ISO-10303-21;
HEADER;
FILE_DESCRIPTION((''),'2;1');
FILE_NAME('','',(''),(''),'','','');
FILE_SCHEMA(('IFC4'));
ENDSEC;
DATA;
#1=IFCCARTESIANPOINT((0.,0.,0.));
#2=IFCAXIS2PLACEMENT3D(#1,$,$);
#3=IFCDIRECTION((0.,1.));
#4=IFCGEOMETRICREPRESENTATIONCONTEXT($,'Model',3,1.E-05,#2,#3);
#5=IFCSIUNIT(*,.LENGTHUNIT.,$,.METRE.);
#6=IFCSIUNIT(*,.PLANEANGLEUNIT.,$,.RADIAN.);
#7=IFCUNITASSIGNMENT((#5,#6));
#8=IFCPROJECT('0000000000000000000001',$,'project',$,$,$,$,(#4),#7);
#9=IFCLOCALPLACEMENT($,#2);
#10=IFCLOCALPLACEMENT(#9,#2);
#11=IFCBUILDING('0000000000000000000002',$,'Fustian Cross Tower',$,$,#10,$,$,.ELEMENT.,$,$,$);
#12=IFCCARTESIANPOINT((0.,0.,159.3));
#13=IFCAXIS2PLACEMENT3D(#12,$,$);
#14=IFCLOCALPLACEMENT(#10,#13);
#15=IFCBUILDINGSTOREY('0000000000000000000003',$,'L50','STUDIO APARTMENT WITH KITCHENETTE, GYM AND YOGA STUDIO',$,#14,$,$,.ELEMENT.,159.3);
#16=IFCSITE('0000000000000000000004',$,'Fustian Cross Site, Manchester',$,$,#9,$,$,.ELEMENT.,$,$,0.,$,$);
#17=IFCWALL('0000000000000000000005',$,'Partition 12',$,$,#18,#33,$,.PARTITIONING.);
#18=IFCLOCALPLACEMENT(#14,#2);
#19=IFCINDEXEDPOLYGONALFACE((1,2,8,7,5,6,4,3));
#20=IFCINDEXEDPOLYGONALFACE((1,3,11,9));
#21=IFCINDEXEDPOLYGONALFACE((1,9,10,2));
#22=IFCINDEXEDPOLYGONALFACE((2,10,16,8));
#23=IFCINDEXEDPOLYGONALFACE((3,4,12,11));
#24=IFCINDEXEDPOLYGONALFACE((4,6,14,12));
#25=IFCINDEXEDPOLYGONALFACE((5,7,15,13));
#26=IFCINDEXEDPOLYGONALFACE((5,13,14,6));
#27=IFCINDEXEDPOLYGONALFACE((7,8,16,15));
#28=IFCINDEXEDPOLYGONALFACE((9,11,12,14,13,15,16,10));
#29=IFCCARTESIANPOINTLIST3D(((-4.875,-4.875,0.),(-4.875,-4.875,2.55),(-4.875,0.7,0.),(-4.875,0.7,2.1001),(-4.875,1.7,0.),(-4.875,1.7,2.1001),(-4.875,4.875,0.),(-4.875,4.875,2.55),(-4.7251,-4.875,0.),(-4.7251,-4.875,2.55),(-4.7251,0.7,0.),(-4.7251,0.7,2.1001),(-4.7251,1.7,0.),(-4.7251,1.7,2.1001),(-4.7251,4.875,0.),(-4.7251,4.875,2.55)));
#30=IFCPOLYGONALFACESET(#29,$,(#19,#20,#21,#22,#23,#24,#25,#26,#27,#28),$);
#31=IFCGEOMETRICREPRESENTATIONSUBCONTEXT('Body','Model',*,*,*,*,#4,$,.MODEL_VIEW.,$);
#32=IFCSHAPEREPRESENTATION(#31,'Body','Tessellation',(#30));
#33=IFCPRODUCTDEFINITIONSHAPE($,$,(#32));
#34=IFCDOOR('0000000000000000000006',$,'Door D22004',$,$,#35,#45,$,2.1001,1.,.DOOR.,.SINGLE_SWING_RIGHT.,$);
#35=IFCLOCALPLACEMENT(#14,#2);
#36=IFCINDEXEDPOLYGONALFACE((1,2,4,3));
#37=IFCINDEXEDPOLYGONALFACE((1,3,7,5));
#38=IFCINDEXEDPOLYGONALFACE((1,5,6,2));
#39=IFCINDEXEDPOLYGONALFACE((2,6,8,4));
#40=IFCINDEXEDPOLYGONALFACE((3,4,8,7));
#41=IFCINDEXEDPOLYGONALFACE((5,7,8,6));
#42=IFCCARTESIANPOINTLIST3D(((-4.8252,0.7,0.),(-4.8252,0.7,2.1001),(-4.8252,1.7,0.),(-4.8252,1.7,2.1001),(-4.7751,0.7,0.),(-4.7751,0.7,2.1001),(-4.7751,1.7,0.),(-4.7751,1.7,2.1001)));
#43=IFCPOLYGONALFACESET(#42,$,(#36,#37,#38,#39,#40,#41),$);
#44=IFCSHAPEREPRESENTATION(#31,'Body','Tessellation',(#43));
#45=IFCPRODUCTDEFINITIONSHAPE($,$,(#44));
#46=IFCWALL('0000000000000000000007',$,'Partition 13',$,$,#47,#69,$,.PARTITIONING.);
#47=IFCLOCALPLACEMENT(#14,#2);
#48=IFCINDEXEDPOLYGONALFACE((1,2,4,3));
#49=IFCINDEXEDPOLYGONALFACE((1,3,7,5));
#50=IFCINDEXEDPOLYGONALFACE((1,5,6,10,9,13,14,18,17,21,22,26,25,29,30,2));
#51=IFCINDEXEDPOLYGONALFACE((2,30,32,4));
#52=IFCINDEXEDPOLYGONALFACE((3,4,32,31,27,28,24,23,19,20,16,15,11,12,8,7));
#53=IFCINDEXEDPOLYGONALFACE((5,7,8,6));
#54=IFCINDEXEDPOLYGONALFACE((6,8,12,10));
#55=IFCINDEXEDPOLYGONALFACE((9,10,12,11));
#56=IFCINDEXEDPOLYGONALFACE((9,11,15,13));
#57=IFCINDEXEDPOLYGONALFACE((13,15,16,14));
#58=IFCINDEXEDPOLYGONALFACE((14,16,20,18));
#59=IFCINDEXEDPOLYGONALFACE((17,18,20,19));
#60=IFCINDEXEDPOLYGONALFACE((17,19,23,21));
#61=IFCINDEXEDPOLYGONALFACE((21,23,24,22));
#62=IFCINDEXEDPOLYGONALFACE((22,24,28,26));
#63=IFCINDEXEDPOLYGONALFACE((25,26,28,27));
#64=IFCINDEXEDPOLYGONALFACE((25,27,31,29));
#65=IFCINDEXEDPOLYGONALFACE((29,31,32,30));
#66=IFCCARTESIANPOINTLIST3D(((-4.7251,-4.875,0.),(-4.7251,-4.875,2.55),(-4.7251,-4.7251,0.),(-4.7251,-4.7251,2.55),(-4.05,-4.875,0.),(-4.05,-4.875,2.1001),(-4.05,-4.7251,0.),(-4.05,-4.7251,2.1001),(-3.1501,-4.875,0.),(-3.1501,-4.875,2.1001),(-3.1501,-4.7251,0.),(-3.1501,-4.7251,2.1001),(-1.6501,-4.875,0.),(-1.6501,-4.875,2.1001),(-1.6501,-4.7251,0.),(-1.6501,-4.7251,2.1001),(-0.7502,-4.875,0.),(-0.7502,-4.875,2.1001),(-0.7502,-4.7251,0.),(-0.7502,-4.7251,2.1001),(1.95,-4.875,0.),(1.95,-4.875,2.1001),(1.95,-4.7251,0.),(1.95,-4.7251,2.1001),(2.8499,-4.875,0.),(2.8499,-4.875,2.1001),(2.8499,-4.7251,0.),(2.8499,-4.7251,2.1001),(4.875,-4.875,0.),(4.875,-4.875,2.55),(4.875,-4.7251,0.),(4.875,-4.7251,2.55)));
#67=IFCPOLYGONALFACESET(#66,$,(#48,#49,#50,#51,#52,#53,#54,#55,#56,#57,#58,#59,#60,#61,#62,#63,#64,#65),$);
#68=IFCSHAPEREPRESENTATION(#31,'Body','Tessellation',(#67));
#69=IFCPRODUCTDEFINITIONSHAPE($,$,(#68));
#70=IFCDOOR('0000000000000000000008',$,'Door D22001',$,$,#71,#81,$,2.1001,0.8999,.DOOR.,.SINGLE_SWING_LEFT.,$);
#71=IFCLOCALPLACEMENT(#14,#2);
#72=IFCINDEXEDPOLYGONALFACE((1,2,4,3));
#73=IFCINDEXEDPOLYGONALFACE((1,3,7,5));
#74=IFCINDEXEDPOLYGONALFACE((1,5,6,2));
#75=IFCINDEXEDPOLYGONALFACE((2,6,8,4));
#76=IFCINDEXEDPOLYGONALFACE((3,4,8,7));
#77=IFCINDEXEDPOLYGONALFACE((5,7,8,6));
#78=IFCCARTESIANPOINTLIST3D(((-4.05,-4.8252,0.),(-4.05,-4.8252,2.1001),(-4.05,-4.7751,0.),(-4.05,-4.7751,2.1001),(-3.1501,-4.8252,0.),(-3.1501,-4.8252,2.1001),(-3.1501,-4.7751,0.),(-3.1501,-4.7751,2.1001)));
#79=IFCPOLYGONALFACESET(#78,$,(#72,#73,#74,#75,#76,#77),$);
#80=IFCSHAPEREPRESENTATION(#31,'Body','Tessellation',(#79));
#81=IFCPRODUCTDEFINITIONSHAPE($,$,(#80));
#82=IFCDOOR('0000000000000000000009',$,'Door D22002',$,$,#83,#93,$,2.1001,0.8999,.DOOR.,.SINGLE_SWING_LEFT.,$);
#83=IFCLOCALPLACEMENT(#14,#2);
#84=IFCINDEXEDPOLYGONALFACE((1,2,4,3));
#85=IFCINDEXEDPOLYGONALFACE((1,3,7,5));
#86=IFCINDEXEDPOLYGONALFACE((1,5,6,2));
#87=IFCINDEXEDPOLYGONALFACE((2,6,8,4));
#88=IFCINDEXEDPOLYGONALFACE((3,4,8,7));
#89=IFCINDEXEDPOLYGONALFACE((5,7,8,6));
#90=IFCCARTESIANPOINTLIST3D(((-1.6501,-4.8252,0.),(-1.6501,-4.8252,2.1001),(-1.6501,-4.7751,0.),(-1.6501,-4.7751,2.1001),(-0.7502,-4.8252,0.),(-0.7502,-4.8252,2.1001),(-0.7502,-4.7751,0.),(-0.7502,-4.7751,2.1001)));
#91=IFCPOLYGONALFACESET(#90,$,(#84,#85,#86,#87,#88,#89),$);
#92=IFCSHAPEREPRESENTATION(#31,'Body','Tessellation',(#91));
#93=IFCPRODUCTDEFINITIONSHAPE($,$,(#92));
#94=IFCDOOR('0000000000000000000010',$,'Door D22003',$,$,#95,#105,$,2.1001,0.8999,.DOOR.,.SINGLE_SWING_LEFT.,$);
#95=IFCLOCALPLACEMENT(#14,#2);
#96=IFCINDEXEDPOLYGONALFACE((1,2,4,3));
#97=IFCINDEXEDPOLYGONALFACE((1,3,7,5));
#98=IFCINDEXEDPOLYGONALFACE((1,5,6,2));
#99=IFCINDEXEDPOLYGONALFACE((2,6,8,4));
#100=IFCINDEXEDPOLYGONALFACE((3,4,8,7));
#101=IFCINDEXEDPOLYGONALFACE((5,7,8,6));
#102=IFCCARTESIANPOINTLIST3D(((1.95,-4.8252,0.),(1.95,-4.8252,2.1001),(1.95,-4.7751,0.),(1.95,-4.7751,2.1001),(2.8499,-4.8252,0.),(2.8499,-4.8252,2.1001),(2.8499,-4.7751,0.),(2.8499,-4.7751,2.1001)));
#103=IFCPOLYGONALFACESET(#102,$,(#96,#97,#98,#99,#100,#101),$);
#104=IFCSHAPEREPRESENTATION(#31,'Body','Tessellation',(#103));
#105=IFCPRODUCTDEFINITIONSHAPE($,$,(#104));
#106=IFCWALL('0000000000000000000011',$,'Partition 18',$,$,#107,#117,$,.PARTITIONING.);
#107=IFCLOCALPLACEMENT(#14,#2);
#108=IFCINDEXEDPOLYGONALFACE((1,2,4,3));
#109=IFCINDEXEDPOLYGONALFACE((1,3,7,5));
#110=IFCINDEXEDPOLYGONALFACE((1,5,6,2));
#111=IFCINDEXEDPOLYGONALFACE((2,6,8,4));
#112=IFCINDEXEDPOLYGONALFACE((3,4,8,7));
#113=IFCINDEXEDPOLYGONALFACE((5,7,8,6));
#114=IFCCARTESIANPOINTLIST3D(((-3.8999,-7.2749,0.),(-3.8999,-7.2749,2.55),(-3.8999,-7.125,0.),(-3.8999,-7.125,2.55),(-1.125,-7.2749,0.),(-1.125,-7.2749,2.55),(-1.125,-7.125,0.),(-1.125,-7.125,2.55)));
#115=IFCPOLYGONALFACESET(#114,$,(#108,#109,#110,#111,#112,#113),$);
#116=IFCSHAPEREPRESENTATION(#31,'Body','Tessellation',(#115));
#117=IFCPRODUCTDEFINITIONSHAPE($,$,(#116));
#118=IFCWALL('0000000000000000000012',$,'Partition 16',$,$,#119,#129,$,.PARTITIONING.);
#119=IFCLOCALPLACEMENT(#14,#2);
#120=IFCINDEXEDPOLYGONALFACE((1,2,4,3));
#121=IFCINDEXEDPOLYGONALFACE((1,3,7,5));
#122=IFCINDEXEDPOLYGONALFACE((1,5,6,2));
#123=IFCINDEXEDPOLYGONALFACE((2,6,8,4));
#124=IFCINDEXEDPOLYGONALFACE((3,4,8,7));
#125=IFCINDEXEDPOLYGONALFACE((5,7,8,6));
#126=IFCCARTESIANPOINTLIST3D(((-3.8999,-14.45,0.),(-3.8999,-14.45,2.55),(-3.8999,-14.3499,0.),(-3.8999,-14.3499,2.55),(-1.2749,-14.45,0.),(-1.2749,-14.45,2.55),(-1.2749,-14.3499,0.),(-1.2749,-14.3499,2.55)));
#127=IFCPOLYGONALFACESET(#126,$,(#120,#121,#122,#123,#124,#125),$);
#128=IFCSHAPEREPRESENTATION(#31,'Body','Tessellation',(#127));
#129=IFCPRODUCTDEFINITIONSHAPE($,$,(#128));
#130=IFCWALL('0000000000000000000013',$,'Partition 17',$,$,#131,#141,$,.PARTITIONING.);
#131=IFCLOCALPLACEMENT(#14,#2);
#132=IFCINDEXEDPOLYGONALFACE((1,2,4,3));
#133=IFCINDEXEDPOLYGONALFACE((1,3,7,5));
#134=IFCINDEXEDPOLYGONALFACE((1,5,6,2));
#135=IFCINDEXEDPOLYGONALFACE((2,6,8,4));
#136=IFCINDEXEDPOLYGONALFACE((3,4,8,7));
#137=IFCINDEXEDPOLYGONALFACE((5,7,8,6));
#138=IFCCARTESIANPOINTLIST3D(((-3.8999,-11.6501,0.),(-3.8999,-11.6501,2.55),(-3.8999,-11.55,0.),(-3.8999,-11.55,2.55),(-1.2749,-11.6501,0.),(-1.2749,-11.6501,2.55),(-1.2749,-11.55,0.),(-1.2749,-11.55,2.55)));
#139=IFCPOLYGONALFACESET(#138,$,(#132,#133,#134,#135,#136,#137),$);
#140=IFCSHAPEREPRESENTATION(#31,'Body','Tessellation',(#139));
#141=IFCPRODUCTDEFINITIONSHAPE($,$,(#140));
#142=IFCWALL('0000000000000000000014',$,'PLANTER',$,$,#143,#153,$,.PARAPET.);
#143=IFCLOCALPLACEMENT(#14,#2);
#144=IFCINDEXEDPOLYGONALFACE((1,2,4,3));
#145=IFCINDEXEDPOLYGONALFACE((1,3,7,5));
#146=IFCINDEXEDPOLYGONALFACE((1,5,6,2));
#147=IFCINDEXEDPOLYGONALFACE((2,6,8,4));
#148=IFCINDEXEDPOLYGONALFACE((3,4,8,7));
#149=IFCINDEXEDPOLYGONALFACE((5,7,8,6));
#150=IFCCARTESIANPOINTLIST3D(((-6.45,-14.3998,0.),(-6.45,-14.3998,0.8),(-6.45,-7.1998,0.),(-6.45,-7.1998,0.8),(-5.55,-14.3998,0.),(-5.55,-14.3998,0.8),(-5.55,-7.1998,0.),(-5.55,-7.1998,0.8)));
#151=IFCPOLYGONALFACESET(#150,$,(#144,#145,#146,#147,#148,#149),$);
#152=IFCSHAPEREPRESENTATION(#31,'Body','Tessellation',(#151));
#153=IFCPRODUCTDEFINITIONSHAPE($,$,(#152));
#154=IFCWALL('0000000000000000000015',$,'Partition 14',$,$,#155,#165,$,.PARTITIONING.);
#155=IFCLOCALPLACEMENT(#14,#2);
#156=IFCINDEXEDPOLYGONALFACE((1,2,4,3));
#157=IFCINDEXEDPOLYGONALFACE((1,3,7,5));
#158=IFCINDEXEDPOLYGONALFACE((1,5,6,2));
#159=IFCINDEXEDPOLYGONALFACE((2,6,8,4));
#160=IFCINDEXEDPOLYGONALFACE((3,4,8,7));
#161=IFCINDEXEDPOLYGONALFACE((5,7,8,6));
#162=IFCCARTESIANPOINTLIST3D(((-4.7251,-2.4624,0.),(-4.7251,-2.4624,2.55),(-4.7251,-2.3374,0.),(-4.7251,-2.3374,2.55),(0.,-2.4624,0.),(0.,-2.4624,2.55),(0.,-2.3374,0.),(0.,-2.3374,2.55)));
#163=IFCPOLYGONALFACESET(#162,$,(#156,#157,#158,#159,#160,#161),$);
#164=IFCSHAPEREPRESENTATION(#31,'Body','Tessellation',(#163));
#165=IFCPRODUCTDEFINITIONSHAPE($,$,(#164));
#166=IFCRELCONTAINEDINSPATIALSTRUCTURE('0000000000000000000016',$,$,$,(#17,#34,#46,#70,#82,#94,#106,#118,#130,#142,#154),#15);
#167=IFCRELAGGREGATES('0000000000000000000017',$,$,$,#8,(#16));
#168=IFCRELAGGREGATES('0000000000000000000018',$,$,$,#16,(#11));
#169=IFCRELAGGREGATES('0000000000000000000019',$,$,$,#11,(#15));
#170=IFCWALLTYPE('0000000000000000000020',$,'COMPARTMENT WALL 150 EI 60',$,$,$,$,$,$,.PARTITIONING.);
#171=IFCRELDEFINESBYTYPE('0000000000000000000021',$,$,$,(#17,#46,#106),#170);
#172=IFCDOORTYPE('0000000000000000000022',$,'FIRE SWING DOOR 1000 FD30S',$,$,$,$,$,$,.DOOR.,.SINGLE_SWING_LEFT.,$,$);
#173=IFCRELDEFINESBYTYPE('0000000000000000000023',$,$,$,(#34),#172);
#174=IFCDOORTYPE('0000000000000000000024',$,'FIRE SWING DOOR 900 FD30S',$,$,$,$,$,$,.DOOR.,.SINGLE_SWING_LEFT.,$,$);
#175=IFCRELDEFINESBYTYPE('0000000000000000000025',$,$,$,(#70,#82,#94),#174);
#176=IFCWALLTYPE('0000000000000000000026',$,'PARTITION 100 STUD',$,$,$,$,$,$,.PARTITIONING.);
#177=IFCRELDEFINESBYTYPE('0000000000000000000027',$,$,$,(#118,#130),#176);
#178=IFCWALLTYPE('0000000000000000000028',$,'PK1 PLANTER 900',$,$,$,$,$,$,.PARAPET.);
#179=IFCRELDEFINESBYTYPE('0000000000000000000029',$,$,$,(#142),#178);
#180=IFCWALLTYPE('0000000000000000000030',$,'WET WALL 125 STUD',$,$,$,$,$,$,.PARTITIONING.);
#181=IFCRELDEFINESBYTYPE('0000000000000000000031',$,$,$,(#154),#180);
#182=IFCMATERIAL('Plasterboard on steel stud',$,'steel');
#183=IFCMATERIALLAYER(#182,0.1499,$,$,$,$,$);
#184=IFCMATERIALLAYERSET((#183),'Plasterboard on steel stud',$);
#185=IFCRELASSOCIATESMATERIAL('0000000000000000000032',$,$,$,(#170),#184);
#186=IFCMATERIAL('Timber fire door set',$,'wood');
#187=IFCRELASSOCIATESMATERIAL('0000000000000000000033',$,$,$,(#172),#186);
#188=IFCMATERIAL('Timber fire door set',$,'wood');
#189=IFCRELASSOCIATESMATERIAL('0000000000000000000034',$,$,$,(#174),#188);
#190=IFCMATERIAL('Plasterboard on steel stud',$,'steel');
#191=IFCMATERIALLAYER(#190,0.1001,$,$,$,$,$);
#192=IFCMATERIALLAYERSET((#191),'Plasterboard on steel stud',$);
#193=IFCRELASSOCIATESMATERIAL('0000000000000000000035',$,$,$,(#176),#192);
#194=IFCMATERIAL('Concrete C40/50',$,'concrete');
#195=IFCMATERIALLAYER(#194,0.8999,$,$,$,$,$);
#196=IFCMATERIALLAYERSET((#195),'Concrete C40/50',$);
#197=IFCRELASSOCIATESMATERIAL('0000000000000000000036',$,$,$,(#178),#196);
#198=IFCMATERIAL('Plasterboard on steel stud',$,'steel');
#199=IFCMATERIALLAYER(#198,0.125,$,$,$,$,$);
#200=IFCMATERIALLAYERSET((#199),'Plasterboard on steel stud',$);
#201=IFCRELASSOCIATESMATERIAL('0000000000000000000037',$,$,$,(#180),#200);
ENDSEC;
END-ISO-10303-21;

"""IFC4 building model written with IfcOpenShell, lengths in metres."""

from ifc_helpers import new_model, si_unit, direction, frame, frame_2d, origin, place, context, subcontext, project, spatial, rectangle, extrude, material, layer, layer_set, type_object, element, fill, save


model = new_model("IFC4")

# Units and contexts
model_context = context("Model", 3, precision=1e-05, world=origin(), true_north=direction((0.0, 1.0)))
body_context = subcontext(model_context, "Body", "Model", "MODEL_VIEW")
ifc_project = project(units=[si_unit("LENGTHUNIT", "METRE"), si_unit("PLANEANGLEUNIT", "RADIAN")], contexts=[model_context])

# Site, building, storey
site_placement = place(None, origin())
site = spatial("IfcSite", under=ifc_project, at=site_placement, Name="Fustian Cross Site, Manchester", CompositionType="ELEMENT", RefElevation=0.0)
building_placement = place(site_placement, origin())
building = spatial("IfcBuilding", under=site, at=building_placement, Name="Fustian Cross Tower", CompositionType="ELEMENT")
storey_placement = place(building_placement, frame((0.0, 0.0, 159.3)))
storey = spatial("IfcBuildingStorey", under=building, at=storey_placement, Name="L50", Description="STUDIO APARTMENT WITH KITCHENETTE, GYM AND YOGA STUDIO", CompositionType="ELEMENT", Elevation=159.3)

# Wall, opening, door
ifc_material_1 = material(Name="Plasterboard on steel stud", Category="steel")
ifc_layer_1 = layer(ifc_material_1, 0.1499)
ifc_layer_set_1 = layer_set([ifc_layer_1], Name="Plasterboard on steel stud")
wall_type_1 = type_object("IfcWallType", Name="COMPARTMENT WALL 150 EI 60", PredefinedType="PARTITIONING", material=ifc_layer_set_1)
wall_1_placement = place(storey_placement, frame((-4.8, -4.875, 0.0), z_axis=(0.0, 0.0, 1.0), x_axis=(0.0, 1.0, 0.0)))
wall_1 = element("IfcWall", 1, at=wall_1_placement, inside=storey, type_object=wall_type_1, Name="Partition 12", PredefinedType="PARTITIONING", context=body_context, shape_type="SweptSolid", body=[
    extrude(rectangle(XDim=9.75, YDim=0.1499, at=frame_2d((4.875, 0.0))), origin(), (0.0, 0.0, 1.0), 2.55),
])
opening_1_placement = place(wall_1_placement, frame((5.575, 0.0, 0.0)))
opening_1 = element("IfcOpeningElement", 2, at=opening_1_placement, cuts=wall_1, PredefinedType="OPENING", context=body_context, shape_type="SweptSolid", body=[
    extrude(rectangle(XDim=1.0, YDim=2.1001, at=frame_2d((0.5, 1.05))), frame((0.0, 0.085, 0.0), z_axis=(0.0, -1.0, 0.0), x_axis=(1.0, 0.0, 0.0)), (0.0, 0.0, 1.0), 0.1699),
])
ifc_material_2 = material(Name="Timber fire door set", Category="wood")
door_type_1 = type_object("IfcDoorType", Name="FIRE SWING DOOR 1000 FD30S", OperationType="SINGLE_SWING_LEFT", PredefinedType="DOOR", material=ifc_material_2)
door_1_placement = place(opening_1_placement, frame((1.0, 0.0, 0.0), z_axis=(0.0, 0.0, 1.0), x_axis=(-1.0, 0.0, 0.0)))
door_1 = element("IfcDoor", 3, at=door_1_placement, inside=storey, type_object=door_type_1, Name="Door D22004", OperationType="SINGLE_SWING_RIGHT", OverallHeight=2.1001, OverallWidth=1.0, PredefinedType="DOOR", context=body_context, shape_type="SweptSolid", body=[
    extrude(rectangle(XDim=1.0, YDim=2.1001, at=frame_2d((0.5, 1.05))), frame((0.0, 0.0249, 0.0), z_axis=(0.0, -1.0, 0.0), x_axis=(1.0, 0.0, 0.0)), (0.0, 0.0, 1.0), 0.05),
])
fill(opening_1, door_1)

# Wall, openings, doors
wall_2_placement = place(storey_placement, frame((-4.7251, -4.8, 0.0), z_axis=(0.0, 0.0, 1.0), x_axis=(1.0, 0.0, 0.0)))
wall_2 = element("IfcWall", 4, at=wall_2_placement, inside=storey, type_object=wall_type_1, Name="Partition 13", PredefinedType="PARTITIONING", context=body_context, shape_type="SweptSolid", body=[
    extrude(rectangle(XDim=9.6001, YDim=0.1499, at=frame_2d((4.8, 0.0))), origin(), (0.0, 0.0, 1.0), 2.55),
])
opening_2_placement = place(wall_2_placement, frame((0.675, 0.0, 0.0)))
opening_2 = element("IfcOpeningElement", 5, at=opening_2_placement, cuts=wall_2, PredefinedType="OPENING", context=body_context, shape_type="SweptSolid", body=[
    extrude(rectangle(XDim=0.8999, YDim=2.1001, at=frame_2d((0.45, 1.05))), frame((0.0, 0.085, 0.0), z_axis=(0.0, -1.0, 0.0), x_axis=(1.0, 0.0, 0.0)), (0.0, 0.0, 1.0), 0.1699),
])
opening_3_placement = place(wall_2_placement, frame((3.075, 0.0, 0.0)))
opening_3 = element("IfcOpeningElement", 6, at=opening_3_placement, cuts=wall_2, PredefinedType="OPENING", context=body_context, shape_type="SweptSolid", body=[
    extrude(rectangle(XDim=0.8999, YDim=2.1001, at=frame_2d((0.45, 1.05))), frame((0.0, 0.085, 0.0), z_axis=(0.0, -1.0, 0.0), x_axis=(1.0, 0.0, 0.0)), (0.0, 0.0, 1.0), 0.1699),
])
opening_4_placement = place(wall_2_placement, frame((6.675, 0.0, 0.0)))
opening_4 = element("IfcOpeningElement", 7, at=opening_4_placement, cuts=wall_2, PredefinedType="OPENING", context=body_context, shape_type="SweptSolid", body=[
    extrude(rectangle(XDim=0.8999, YDim=2.1001, at=frame_2d((0.45, 1.05))), frame((0.0, 0.085, 0.0), z_axis=(0.0, -1.0, 0.0), x_axis=(1.0, 0.0, 0.0)), (0.0, 0.0, 1.0), 0.1699),
])
ifc_material_3 = material(Name="Timber fire door set", Category="wood")
door_type_2 = type_object("IfcDoorType", Name="FIRE SWING DOOR 900 FD30S", OperationType="SINGLE_SWING_LEFT", PredefinedType="DOOR", material=ifc_material_3)
door_2_placement = place(opening_2_placement, origin())
door_2 = element("IfcDoor", 8, at=door_2_placement, inside=storey, type_object=door_type_2, Name="Door D22001", OperationType="SINGLE_SWING_LEFT", OverallHeight=2.1001, OverallWidth=0.8999, PredefinedType="DOOR", context=body_context, shape_type="SweptSolid", body=[
    extrude(rectangle(XDim=0.8999, YDim=2.1001, at=frame_2d((0.45, 1.05))), frame((0.0, 0.0249, 0.0), z_axis=(0.0, -1.0, 0.0), x_axis=(1.0, 0.0, 0.0)), (0.0, 0.0, 1.0), 0.05),
])
fill(opening_2, door_2)
door_3_placement = place(opening_3_placement, origin())
door_3 = element("IfcDoor", 9, at=door_3_placement, inside=storey, type_object=door_type_2, Name="Door D22002", OperationType="SINGLE_SWING_LEFT", OverallHeight=2.1001, OverallWidth=0.8999, PredefinedType="DOOR", context=body_context, shape_type="SweptSolid", body=[
    extrude(rectangle(XDim=0.8999, YDim=2.1001, at=frame_2d((0.45, 1.05))), frame((0.0, 0.0249, 0.0), z_axis=(0.0, -1.0, 0.0), x_axis=(1.0, 0.0, 0.0)), (0.0, 0.0, 1.0), 0.05),
])
fill(opening_3, door_3)
door_4_placement = place(opening_4_placement, origin())
door_4 = element("IfcDoor", 10, at=door_4_placement, inside=storey, type_object=door_type_2, Name="Door D22003", OperationType="SINGLE_SWING_LEFT", OverallHeight=2.1001, OverallWidth=0.8999, PredefinedType="DOOR", context=body_context, shape_type="SweptSolid", body=[
    extrude(rectangle(XDim=0.8999, YDim=2.1001, at=frame_2d((0.45, 1.05))), frame((0.0, 0.0249, 0.0), z_axis=(0.0, -1.0, 0.0), x_axis=(1.0, 0.0, 0.0)), (0.0, 0.0, 1.0), 0.05),
])
fill(opening_4, door_4)

# Walls
wall_3_placement = place(storey_placement, frame((-3.8999, -7.2, 0.0), z_axis=(0.0, 0.0, 1.0), x_axis=(1.0, 0.0, 0.0)))
element("IfcWall", 11, at=wall_3_placement, inside=storey, type_object=wall_type_1, Name="Partition 18", PredefinedType="PARTITIONING", context=body_context, shape_type="SweptSolid", body=[
    extrude(rectangle(XDim=2.7749, YDim=0.1499, at=frame_2d((1.3875, 0.0))), origin(), (0.0, 0.0, 1.0), 2.55),
])
ifc_material_4 = material(Name="Plasterboard on steel stud", Category="steel")
ifc_layer_2 = layer(ifc_material_4, 0.1001)
ifc_layer_set_2 = layer_set([ifc_layer_2], Name="Plasterboard on steel stud")
wall_type_2 = type_object("IfcWallType", Name="PARTITION 100 STUD", PredefinedType="PARTITIONING", material=ifc_layer_set_2)
for number, where, z_axis, x_axis, name in (
    (12, (-3.8999, -14.3999, 0.0), (0.0, 0.0, 1.0), (1.0, 0.0, 0.0), "Partition 16"),
    (13, (-3.8999, -11.6001, 0.0), (0.0, 0.0, 1.0), (1.0, 0.0, 0.0), "Partition 17"),
):
    element("IfcWall", number, at=place(storey_placement, frame(where, z_axis=z_axis, x_axis=x_axis)), inside=storey, type_object=wall_type_2, Name=name, PredefinedType="PARTITIONING", context=body_context, shape_type="SweptSolid", body=[
        extrude(rectangle(XDim=2.625, YDim=0.1001, at=frame_2d((1.3125, 0.0))), origin(), (0.0, 0.0, 1.0), 2.55),
    ])
ifc_material_5 = material(Name="Concrete C40/50", Category="concrete")
ifc_layer_3 = layer(ifc_material_5, 0.8999)
ifc_layer_set_3 = layer_set([ifc_layer_3], Name="Concrete C40/50")
wall_type_3 = type_object("IfcWallType", Name="PK1 PLANTER 900", PredefinedType="PARAPET", material=ifc_layer_set_3)
wall_4_placement = place(storey_placement, frame((-6.0, -14.3999, 0.0), z_axis=(0.0, 0.0, 1.0), x_axis=(0.0, 1.0, 0.0)))
element("IfcWall", 14, at=wall_4_placement, inside=storey, type_object=wall_type_3, Name="PLANTER", PredefinedType="PARAPET", context=body_context, shape_type="SweptSolid", body=[
    extrude(rectangle(XDim=7.2, YDim=0.8999, at=frame_2d((3.6001, 0.0))), origin(), (0.0, 0.0, 1.0), 0.8),
])
ifc_material_6 = material(Name="Plasterboard on steel stud", Category="steel")
ifc_layer_4 = layer(ifc_material_6, 0.125)
ifc_layer_set_4 = layer_set([ifc_layer_4], Name="Plasterboard on steel stud")
wall_type_4 = type_object("IfcWallType", Name="WET WALL 125 STUD", PredefinedType="PARTITIONING", material=ifc_layer_set_4)
wall_5_placement = place(storey_placement, frame((-4.7251, -2.3999, 0.0), z_axis=(0.0, 0.0, 1.0), x_axis=(1.0, 0.0, 0.0)))
element("IfcWall", 15, at=wall_5_placement, inside=storey, type_object=wall_type_4, Name="Partition 14", PredefinedType="PARTITIONING", context=body_context, shape_type="SweptSolid", body=[
    extrude(rectangle(XDim=4.7251, YDim=0.125, at=frame_2d((2.3625, 0.0))), origin(), (0.0, 0.0, 1.0), 2.55),
])

save(model, "model.ifc")
